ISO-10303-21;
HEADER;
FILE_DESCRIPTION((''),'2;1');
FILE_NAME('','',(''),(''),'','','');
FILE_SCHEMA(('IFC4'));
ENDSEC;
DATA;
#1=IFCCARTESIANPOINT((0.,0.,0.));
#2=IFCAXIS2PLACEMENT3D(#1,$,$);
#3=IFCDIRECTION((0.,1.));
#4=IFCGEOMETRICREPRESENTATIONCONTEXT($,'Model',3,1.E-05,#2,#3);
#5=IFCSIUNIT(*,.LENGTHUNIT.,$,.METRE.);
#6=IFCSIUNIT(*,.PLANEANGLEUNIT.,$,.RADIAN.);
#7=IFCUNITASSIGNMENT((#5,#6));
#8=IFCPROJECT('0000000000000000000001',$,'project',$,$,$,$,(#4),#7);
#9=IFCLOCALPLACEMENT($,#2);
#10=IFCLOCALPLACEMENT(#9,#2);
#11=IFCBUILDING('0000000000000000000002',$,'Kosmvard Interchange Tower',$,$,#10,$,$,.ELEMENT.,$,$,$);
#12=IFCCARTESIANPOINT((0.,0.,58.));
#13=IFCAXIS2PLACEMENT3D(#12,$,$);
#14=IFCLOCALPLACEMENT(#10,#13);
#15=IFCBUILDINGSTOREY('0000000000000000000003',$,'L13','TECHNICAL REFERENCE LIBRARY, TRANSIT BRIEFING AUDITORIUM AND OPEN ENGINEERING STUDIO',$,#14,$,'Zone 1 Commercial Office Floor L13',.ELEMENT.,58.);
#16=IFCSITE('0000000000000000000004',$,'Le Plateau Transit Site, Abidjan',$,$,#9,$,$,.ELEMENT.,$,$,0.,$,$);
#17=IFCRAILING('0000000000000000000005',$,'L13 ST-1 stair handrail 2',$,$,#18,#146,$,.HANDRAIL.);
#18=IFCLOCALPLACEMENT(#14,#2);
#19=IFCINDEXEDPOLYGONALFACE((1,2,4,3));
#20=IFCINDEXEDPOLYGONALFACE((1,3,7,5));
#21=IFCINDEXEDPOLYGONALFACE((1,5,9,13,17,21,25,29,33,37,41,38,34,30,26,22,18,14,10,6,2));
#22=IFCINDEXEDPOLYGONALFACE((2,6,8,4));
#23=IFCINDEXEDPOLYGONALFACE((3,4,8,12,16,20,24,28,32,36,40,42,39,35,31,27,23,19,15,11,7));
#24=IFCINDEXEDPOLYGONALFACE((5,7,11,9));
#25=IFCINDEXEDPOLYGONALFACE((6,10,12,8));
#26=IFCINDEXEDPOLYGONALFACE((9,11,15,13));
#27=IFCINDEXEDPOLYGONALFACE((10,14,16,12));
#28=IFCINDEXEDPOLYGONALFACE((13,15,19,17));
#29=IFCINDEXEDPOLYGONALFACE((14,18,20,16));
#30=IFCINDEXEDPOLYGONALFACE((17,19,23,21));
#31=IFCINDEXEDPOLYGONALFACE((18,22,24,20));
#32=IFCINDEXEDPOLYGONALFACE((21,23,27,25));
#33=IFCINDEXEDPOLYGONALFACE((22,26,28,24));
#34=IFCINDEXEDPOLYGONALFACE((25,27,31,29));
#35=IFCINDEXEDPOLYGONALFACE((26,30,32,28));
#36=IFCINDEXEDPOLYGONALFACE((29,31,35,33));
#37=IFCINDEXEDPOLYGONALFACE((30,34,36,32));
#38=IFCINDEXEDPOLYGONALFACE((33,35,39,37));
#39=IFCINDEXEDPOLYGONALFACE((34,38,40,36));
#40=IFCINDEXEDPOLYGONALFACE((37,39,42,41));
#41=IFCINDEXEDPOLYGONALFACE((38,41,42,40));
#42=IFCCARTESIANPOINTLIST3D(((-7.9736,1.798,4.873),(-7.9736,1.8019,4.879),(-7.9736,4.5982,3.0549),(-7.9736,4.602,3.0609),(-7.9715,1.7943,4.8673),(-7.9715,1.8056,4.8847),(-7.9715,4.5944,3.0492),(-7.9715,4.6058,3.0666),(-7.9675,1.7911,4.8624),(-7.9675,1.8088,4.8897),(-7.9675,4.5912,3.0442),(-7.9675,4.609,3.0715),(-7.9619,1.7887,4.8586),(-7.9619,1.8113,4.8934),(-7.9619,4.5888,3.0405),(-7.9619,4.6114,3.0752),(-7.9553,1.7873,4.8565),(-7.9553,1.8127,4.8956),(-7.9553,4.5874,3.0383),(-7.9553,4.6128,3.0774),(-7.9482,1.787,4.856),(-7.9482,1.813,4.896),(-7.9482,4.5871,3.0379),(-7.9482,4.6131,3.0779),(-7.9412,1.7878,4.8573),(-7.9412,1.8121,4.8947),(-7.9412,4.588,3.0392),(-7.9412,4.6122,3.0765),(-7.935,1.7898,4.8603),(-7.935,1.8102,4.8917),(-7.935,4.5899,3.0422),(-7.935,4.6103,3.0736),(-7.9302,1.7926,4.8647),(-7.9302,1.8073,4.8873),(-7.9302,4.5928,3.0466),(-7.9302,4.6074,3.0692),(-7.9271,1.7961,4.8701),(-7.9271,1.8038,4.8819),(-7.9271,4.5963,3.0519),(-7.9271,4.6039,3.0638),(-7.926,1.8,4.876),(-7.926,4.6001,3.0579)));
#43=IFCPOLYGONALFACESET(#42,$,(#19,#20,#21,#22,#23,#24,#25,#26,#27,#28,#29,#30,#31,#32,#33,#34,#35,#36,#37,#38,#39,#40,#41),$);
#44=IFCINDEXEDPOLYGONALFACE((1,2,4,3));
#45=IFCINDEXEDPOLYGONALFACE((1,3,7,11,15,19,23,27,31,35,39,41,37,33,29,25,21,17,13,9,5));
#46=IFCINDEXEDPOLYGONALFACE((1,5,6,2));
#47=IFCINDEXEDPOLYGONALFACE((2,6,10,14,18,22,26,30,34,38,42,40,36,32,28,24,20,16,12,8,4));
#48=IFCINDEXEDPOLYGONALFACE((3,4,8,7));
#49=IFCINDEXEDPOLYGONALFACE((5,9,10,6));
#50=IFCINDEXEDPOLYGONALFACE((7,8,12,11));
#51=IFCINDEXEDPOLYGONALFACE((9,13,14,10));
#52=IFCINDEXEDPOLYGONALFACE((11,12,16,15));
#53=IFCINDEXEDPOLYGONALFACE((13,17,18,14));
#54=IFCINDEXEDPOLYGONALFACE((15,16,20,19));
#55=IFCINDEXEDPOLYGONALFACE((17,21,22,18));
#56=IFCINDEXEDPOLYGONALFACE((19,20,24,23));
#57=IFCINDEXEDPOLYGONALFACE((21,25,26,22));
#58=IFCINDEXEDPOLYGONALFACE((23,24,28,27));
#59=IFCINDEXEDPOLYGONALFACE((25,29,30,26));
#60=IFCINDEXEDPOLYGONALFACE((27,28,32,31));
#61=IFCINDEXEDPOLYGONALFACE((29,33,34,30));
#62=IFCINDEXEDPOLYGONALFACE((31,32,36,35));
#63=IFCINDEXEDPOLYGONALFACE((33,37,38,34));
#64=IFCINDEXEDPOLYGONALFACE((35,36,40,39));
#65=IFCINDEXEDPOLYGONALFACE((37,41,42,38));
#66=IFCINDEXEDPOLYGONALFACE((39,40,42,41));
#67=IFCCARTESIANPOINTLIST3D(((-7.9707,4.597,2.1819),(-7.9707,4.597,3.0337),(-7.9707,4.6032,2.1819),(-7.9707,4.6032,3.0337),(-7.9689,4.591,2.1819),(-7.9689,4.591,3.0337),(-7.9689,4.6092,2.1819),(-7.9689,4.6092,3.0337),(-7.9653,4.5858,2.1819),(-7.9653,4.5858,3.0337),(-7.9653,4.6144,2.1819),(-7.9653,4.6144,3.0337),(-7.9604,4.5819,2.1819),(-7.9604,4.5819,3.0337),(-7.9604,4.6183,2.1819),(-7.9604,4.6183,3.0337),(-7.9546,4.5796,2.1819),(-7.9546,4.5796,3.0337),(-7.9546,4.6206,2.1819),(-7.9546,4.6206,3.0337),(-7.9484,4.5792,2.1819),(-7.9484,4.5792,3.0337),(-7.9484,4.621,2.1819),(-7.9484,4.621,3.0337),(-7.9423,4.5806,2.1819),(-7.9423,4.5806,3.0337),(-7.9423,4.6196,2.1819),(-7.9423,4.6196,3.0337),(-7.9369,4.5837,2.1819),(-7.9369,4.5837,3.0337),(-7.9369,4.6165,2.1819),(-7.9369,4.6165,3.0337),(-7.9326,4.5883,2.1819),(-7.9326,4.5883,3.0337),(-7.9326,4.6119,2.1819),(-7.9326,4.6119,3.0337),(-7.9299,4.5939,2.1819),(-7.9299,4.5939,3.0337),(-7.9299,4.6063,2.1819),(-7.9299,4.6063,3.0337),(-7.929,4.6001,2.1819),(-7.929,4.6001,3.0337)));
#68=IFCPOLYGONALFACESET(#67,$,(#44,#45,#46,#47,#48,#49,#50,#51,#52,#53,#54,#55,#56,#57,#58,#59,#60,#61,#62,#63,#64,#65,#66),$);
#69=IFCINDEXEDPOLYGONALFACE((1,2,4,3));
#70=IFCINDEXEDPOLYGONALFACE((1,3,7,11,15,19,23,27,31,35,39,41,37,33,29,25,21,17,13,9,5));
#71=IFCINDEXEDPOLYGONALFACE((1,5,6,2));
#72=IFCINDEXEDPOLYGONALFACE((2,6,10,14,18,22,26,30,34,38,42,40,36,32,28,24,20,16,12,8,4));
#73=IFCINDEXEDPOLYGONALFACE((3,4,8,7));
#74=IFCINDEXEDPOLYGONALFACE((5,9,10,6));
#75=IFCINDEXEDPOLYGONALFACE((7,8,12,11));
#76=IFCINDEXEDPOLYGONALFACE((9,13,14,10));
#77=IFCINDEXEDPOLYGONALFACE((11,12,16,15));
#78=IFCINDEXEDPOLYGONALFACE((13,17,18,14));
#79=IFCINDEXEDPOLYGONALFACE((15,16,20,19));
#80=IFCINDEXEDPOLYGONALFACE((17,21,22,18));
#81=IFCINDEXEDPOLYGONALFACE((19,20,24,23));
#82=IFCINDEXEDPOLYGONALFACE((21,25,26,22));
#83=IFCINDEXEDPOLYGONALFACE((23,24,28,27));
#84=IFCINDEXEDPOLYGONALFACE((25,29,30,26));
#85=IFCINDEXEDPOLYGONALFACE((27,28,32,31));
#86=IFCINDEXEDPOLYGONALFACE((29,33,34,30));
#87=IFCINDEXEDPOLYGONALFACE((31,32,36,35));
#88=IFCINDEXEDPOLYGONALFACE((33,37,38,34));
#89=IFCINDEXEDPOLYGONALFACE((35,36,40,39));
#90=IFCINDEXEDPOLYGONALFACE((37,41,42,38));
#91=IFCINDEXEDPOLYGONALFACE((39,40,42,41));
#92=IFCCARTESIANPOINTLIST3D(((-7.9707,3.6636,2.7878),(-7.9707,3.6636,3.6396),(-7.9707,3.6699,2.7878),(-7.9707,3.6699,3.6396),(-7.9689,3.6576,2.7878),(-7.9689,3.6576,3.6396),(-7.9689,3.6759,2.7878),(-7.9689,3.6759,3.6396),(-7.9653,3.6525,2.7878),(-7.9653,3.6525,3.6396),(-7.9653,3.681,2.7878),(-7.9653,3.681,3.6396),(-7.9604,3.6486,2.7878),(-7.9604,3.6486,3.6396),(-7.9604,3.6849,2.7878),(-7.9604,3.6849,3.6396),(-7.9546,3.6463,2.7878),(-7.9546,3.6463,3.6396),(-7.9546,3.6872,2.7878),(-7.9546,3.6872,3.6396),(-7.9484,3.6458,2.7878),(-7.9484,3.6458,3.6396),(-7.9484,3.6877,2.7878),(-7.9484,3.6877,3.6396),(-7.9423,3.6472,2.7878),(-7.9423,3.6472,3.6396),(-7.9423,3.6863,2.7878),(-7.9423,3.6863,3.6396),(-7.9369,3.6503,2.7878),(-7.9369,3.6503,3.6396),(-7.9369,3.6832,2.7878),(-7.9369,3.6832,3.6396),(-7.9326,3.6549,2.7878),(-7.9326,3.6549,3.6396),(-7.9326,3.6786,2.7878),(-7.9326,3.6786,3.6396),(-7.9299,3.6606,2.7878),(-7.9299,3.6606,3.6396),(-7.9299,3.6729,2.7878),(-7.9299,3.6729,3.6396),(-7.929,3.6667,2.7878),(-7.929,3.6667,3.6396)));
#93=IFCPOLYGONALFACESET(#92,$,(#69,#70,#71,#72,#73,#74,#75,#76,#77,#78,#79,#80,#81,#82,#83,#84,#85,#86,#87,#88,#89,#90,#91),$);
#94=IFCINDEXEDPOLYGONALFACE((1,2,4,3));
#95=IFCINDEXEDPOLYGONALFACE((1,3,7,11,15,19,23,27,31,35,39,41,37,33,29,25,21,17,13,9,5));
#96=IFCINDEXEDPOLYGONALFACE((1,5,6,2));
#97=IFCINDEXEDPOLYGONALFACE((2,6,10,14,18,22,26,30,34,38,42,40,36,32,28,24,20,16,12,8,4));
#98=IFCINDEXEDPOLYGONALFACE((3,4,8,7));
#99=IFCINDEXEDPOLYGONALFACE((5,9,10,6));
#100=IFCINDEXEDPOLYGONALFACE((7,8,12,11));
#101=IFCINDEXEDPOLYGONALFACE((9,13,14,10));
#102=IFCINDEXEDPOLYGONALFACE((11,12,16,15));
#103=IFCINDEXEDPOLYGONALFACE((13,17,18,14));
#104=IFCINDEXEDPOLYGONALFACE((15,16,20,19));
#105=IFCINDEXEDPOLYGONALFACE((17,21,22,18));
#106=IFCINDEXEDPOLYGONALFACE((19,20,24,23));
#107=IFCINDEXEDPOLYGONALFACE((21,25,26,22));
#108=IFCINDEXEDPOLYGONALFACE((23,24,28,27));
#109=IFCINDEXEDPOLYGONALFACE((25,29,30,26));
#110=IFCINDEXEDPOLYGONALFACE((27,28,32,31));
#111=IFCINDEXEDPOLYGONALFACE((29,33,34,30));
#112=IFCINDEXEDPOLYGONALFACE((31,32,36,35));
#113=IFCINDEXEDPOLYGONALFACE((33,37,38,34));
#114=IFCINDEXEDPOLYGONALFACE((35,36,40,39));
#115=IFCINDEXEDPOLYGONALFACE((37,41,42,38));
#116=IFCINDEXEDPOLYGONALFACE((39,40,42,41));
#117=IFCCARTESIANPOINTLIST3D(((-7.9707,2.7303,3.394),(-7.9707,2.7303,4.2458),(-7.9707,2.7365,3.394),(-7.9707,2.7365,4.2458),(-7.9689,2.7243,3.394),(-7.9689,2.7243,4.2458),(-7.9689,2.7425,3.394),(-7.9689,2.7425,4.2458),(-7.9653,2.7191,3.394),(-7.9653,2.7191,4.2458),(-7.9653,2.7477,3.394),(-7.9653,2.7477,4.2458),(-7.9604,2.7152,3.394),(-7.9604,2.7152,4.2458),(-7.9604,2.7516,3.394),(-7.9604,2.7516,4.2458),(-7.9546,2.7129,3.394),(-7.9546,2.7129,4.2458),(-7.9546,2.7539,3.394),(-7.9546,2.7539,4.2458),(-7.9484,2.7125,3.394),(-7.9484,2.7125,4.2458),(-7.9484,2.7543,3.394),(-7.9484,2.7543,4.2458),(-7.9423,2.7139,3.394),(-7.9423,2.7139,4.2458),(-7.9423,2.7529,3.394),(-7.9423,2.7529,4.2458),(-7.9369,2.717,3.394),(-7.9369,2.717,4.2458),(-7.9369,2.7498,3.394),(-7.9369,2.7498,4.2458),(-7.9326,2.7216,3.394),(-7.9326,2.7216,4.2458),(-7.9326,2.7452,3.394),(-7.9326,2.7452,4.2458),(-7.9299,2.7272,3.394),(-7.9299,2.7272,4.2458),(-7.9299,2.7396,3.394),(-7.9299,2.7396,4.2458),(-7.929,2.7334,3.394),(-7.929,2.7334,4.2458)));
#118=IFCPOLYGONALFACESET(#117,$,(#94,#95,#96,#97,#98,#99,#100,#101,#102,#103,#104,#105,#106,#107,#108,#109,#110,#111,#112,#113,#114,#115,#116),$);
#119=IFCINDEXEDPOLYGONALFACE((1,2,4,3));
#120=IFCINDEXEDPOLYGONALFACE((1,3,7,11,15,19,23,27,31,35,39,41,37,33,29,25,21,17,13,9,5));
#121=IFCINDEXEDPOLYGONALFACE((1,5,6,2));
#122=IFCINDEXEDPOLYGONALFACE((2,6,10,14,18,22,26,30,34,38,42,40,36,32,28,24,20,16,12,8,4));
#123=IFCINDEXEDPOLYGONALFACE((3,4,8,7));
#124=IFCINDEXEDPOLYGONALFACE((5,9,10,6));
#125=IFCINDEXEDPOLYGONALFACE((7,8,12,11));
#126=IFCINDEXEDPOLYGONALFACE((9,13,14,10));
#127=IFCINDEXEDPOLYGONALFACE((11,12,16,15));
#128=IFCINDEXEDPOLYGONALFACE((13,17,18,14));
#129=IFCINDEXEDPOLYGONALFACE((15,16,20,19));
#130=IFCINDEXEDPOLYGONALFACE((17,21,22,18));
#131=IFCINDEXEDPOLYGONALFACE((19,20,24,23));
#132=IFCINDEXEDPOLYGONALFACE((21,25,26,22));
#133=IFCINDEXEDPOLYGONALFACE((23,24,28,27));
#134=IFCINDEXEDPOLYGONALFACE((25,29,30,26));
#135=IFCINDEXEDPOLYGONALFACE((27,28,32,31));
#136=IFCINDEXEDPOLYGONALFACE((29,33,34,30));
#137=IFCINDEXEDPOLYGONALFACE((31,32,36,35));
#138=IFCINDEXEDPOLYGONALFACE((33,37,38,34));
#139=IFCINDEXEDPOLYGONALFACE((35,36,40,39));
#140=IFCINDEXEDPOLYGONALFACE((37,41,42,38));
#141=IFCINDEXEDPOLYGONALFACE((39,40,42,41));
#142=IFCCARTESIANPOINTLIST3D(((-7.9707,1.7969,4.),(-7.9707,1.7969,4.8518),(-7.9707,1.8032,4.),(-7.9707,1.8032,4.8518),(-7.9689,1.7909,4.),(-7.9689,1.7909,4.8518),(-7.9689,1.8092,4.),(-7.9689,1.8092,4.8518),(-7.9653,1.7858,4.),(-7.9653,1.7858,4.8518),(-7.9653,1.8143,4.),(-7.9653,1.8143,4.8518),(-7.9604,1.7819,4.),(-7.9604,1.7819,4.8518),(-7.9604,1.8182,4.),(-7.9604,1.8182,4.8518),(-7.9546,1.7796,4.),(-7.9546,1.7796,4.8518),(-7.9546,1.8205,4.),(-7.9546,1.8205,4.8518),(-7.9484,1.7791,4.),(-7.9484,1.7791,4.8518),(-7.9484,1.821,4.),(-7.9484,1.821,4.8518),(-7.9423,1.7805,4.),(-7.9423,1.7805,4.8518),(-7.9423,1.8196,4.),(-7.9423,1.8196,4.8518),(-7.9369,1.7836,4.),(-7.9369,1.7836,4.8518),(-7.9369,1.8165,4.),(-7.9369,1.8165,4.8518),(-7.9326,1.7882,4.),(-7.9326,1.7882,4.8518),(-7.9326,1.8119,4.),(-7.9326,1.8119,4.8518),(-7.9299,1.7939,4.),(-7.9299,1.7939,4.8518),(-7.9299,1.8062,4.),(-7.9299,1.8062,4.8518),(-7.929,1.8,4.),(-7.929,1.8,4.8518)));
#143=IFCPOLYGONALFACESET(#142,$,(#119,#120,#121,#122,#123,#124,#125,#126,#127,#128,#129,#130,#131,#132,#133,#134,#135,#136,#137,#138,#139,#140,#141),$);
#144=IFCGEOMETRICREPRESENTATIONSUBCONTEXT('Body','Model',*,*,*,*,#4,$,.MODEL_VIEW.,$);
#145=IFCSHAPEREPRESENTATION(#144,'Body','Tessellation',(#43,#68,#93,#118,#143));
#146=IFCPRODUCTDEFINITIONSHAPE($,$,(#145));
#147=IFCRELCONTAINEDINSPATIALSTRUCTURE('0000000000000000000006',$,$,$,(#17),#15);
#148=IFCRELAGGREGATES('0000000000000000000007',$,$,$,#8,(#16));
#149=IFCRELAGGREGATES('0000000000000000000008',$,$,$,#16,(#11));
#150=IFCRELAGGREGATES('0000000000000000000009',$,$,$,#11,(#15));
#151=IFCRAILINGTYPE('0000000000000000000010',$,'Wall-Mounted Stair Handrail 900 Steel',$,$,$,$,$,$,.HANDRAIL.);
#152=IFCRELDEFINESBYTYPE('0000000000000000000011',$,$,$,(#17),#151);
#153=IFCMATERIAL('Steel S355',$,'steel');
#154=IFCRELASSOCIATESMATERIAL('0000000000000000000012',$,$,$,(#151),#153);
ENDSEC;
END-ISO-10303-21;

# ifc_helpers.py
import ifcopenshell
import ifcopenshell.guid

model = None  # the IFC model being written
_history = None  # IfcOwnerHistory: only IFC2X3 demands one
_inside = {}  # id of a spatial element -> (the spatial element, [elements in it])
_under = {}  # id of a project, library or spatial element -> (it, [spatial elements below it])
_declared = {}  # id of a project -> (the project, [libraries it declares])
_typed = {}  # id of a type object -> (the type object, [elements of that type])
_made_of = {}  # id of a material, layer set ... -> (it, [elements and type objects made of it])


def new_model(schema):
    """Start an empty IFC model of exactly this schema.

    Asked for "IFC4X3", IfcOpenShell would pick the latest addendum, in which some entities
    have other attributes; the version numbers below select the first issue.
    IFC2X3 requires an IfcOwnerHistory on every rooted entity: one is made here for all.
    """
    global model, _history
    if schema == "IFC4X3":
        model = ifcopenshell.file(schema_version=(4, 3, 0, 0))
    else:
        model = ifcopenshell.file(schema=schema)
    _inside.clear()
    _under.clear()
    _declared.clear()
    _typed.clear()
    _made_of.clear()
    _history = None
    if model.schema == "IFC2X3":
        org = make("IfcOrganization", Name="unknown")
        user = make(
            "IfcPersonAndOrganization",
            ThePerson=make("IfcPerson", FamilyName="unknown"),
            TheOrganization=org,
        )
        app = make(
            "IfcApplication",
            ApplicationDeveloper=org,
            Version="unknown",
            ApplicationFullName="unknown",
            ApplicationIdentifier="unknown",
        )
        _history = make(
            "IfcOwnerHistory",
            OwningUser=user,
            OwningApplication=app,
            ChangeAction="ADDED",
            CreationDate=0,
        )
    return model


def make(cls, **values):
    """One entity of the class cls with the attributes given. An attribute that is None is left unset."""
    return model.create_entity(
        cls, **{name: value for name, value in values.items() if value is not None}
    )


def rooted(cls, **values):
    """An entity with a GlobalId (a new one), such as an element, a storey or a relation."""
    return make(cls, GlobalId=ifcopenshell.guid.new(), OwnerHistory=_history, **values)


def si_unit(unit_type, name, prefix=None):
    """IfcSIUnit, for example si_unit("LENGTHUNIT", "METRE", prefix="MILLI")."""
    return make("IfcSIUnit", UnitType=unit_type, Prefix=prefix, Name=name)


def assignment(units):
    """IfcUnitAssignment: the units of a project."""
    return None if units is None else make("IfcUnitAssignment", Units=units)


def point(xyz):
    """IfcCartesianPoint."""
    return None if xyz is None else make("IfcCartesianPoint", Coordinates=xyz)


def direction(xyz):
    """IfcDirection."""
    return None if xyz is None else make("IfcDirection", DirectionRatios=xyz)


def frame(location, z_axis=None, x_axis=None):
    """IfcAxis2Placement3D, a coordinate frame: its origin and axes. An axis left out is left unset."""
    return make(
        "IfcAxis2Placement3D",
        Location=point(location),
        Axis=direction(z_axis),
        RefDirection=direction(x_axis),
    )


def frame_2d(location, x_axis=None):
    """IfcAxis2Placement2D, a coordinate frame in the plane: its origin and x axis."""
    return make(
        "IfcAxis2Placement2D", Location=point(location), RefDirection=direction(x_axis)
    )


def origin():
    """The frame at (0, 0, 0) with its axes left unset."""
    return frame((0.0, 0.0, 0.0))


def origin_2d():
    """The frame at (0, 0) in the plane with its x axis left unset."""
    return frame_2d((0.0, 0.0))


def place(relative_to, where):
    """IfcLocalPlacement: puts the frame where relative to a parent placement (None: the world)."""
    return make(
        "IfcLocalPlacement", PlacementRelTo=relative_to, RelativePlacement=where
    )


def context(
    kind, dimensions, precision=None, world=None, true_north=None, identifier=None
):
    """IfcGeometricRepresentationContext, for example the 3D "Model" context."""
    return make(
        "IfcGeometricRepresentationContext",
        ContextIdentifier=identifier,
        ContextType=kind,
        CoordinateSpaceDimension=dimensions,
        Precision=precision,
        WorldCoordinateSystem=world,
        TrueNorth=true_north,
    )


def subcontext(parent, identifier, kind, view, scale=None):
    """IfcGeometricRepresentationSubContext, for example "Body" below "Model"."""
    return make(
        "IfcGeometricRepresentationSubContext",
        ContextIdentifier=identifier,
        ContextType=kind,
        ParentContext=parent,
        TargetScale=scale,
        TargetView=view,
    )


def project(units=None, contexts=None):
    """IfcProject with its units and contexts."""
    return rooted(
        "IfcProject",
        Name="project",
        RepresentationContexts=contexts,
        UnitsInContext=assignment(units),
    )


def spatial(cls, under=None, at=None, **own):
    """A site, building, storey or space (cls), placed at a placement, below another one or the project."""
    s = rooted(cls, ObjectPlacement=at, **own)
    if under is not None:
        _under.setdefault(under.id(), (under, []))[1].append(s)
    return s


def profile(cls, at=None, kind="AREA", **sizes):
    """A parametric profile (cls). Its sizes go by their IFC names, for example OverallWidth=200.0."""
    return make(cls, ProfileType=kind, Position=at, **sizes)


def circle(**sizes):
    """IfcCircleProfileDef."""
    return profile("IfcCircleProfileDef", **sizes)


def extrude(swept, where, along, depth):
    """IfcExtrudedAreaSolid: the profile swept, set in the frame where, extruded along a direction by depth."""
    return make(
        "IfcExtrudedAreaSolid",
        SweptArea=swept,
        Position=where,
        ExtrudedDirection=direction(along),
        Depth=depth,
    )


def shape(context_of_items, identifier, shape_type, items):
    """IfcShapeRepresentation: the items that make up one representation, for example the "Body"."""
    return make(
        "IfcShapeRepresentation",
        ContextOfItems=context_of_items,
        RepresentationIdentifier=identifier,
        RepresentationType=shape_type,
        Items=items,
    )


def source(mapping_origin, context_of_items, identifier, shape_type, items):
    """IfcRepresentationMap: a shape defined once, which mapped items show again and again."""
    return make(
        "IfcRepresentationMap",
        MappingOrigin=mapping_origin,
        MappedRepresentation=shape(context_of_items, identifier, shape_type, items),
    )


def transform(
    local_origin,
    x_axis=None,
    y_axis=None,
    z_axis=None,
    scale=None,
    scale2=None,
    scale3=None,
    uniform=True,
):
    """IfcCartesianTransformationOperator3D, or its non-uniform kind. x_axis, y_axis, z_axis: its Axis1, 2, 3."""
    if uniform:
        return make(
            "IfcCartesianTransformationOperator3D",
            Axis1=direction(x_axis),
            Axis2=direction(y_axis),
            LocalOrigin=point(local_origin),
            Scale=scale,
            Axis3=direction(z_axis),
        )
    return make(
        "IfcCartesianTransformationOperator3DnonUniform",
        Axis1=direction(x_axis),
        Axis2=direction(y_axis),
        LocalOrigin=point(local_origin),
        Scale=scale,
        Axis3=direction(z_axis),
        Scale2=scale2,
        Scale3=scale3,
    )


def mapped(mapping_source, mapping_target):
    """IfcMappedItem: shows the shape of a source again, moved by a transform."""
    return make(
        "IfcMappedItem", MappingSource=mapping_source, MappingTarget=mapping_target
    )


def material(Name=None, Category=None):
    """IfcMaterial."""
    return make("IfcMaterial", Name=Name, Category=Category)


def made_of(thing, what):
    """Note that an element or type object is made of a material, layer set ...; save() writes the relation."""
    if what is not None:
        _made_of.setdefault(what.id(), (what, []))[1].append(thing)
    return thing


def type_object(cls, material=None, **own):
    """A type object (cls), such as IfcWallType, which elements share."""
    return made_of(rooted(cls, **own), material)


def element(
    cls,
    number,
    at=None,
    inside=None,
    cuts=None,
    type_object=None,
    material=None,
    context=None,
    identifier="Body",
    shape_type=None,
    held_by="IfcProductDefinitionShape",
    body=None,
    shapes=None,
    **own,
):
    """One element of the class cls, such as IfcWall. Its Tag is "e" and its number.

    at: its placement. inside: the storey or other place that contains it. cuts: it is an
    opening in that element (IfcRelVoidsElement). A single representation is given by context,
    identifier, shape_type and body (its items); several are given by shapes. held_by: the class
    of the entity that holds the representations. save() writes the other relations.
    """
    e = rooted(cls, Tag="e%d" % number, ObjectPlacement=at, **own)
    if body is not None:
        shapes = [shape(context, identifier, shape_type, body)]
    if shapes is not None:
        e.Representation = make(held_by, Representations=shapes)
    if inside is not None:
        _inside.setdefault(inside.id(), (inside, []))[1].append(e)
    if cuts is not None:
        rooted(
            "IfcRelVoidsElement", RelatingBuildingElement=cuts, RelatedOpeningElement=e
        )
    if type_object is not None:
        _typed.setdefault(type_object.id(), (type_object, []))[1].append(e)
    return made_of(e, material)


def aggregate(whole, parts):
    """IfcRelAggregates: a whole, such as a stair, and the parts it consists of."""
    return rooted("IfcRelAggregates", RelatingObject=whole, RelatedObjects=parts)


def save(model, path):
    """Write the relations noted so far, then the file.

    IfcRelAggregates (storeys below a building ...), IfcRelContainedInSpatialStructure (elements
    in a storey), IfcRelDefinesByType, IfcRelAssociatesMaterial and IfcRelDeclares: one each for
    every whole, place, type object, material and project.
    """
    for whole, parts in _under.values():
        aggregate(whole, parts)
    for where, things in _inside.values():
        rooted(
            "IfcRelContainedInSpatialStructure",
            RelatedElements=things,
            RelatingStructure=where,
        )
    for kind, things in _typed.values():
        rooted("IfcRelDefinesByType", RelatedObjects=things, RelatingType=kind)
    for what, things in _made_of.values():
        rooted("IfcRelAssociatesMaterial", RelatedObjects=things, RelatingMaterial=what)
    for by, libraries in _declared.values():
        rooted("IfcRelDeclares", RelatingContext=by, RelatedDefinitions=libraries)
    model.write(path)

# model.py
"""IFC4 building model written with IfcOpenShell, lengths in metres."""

from ifc_helpers import new_model, si_unit, direction, frame, origin, origin_2d, place, context, subcontext, project, spatial, circle, extrude, source, transform, mapped, material, type_object, element, save


model = new_model("IFC4")

# Units and contexts
model_context = context("Model", 3, precision=1e-05, world=origin(), true_north=direction((0.0, 1.0)))
body_context = subcontext(model_context, "Body", "Model", "MODEL_VIEW")
ifc_project = project(units=[si_unit("LENGTHUNIT", "METRE"), si_unit("PLANEANGLEUNIT", "RADIAN")], contexts=[model_context])

# Site, building, storey
site_placement = place(None, origin())
site = spatial("IfcSite", under=ifc_project, at=site_placement, Name="Le Plateau Transit Site, Abidjan", CompositionType="ELEMENT", RefElevation=0.0)
building_placement = place(site_placement, origin())
building = spatial("IfcBuilding", under=site, at=building_placement, Name="Kosmvard Interchange Tower", CompositionType="ELEMENT")
storey_placement = place(building_placement, frame((0.0, 0.0, 58.0)))
storey = spatial("IfcBuildingStorey", under=building, at=storey_placement, Name="L13", Description="TECHNICAL REFERENCE LIBRARY, TRANSIT BRIEFING AUDITORIUM AND OPEN ENGINEERING STUDIO", LongName="Zone 1 Commercial Office Floor L13", CompositionType="ELEMENT", Elevation=58.0)

# Shared definitions
ifc_material_1 = material(Name="Steel S355", Category="steel")

# Railing
railing_type_1 = type_object("IfcRailingType", Name="Wall-Mounted Stair Handrail 900 Steel", PredefinedType="HANDRAIL", material=ifc_material_1)
shared_shape_1 = source(origin(), body_context, "Body", "SweptSolid", [
    extrude(circle(Radius=0.0239, at=origin_2d()), frame((0.0, 0.0, 0.876), z_axis=(0.0, -0.838706, 0.544585), x_axis=(1.0, 0.0, 0.0)), (0.0, 0.0, 1.0), 3.3386),
    extrude(circle(Radius=0.021, at=origin_2d()), origin(), (0.0, 0.0, 1.0), 0.8518),
    extrude(circle(Radius=0.021, at=origin_2d()), frame((0.0, -0.9333, 0.606)), (0.0, 0.0, 1.0), 0.8518),
    extrude(circle(Radius=0.021, at=origin_2d()), frame((0.0, -1.8667, 1.2122)), (0.0, 0.0, 1.0), 0.8518),
    extrude(circle(Radius=0.021, at=origin_2d()), frame((0.0, -2.8, 1.8181)), (0.0, 0.0, 1.0), 0.8518),
])
railing_1_placement = place(storey_placement, frame((-7.95, 4.6001, 2.1819)))
element("IfcRailing", 1, at=railing_1_placement, inside=storey, type_object=railing_type_1, Name="L13 ST-1 stair handrail 2", PredefinedType="HANDRAIL", context=body_context, shape_type="MappedRepresentation", body=[
    mapped(shared_shape_1, transform((0.0, 0.0, 0.0), scale=1.0)),
])

save(model, "model.ifc")
